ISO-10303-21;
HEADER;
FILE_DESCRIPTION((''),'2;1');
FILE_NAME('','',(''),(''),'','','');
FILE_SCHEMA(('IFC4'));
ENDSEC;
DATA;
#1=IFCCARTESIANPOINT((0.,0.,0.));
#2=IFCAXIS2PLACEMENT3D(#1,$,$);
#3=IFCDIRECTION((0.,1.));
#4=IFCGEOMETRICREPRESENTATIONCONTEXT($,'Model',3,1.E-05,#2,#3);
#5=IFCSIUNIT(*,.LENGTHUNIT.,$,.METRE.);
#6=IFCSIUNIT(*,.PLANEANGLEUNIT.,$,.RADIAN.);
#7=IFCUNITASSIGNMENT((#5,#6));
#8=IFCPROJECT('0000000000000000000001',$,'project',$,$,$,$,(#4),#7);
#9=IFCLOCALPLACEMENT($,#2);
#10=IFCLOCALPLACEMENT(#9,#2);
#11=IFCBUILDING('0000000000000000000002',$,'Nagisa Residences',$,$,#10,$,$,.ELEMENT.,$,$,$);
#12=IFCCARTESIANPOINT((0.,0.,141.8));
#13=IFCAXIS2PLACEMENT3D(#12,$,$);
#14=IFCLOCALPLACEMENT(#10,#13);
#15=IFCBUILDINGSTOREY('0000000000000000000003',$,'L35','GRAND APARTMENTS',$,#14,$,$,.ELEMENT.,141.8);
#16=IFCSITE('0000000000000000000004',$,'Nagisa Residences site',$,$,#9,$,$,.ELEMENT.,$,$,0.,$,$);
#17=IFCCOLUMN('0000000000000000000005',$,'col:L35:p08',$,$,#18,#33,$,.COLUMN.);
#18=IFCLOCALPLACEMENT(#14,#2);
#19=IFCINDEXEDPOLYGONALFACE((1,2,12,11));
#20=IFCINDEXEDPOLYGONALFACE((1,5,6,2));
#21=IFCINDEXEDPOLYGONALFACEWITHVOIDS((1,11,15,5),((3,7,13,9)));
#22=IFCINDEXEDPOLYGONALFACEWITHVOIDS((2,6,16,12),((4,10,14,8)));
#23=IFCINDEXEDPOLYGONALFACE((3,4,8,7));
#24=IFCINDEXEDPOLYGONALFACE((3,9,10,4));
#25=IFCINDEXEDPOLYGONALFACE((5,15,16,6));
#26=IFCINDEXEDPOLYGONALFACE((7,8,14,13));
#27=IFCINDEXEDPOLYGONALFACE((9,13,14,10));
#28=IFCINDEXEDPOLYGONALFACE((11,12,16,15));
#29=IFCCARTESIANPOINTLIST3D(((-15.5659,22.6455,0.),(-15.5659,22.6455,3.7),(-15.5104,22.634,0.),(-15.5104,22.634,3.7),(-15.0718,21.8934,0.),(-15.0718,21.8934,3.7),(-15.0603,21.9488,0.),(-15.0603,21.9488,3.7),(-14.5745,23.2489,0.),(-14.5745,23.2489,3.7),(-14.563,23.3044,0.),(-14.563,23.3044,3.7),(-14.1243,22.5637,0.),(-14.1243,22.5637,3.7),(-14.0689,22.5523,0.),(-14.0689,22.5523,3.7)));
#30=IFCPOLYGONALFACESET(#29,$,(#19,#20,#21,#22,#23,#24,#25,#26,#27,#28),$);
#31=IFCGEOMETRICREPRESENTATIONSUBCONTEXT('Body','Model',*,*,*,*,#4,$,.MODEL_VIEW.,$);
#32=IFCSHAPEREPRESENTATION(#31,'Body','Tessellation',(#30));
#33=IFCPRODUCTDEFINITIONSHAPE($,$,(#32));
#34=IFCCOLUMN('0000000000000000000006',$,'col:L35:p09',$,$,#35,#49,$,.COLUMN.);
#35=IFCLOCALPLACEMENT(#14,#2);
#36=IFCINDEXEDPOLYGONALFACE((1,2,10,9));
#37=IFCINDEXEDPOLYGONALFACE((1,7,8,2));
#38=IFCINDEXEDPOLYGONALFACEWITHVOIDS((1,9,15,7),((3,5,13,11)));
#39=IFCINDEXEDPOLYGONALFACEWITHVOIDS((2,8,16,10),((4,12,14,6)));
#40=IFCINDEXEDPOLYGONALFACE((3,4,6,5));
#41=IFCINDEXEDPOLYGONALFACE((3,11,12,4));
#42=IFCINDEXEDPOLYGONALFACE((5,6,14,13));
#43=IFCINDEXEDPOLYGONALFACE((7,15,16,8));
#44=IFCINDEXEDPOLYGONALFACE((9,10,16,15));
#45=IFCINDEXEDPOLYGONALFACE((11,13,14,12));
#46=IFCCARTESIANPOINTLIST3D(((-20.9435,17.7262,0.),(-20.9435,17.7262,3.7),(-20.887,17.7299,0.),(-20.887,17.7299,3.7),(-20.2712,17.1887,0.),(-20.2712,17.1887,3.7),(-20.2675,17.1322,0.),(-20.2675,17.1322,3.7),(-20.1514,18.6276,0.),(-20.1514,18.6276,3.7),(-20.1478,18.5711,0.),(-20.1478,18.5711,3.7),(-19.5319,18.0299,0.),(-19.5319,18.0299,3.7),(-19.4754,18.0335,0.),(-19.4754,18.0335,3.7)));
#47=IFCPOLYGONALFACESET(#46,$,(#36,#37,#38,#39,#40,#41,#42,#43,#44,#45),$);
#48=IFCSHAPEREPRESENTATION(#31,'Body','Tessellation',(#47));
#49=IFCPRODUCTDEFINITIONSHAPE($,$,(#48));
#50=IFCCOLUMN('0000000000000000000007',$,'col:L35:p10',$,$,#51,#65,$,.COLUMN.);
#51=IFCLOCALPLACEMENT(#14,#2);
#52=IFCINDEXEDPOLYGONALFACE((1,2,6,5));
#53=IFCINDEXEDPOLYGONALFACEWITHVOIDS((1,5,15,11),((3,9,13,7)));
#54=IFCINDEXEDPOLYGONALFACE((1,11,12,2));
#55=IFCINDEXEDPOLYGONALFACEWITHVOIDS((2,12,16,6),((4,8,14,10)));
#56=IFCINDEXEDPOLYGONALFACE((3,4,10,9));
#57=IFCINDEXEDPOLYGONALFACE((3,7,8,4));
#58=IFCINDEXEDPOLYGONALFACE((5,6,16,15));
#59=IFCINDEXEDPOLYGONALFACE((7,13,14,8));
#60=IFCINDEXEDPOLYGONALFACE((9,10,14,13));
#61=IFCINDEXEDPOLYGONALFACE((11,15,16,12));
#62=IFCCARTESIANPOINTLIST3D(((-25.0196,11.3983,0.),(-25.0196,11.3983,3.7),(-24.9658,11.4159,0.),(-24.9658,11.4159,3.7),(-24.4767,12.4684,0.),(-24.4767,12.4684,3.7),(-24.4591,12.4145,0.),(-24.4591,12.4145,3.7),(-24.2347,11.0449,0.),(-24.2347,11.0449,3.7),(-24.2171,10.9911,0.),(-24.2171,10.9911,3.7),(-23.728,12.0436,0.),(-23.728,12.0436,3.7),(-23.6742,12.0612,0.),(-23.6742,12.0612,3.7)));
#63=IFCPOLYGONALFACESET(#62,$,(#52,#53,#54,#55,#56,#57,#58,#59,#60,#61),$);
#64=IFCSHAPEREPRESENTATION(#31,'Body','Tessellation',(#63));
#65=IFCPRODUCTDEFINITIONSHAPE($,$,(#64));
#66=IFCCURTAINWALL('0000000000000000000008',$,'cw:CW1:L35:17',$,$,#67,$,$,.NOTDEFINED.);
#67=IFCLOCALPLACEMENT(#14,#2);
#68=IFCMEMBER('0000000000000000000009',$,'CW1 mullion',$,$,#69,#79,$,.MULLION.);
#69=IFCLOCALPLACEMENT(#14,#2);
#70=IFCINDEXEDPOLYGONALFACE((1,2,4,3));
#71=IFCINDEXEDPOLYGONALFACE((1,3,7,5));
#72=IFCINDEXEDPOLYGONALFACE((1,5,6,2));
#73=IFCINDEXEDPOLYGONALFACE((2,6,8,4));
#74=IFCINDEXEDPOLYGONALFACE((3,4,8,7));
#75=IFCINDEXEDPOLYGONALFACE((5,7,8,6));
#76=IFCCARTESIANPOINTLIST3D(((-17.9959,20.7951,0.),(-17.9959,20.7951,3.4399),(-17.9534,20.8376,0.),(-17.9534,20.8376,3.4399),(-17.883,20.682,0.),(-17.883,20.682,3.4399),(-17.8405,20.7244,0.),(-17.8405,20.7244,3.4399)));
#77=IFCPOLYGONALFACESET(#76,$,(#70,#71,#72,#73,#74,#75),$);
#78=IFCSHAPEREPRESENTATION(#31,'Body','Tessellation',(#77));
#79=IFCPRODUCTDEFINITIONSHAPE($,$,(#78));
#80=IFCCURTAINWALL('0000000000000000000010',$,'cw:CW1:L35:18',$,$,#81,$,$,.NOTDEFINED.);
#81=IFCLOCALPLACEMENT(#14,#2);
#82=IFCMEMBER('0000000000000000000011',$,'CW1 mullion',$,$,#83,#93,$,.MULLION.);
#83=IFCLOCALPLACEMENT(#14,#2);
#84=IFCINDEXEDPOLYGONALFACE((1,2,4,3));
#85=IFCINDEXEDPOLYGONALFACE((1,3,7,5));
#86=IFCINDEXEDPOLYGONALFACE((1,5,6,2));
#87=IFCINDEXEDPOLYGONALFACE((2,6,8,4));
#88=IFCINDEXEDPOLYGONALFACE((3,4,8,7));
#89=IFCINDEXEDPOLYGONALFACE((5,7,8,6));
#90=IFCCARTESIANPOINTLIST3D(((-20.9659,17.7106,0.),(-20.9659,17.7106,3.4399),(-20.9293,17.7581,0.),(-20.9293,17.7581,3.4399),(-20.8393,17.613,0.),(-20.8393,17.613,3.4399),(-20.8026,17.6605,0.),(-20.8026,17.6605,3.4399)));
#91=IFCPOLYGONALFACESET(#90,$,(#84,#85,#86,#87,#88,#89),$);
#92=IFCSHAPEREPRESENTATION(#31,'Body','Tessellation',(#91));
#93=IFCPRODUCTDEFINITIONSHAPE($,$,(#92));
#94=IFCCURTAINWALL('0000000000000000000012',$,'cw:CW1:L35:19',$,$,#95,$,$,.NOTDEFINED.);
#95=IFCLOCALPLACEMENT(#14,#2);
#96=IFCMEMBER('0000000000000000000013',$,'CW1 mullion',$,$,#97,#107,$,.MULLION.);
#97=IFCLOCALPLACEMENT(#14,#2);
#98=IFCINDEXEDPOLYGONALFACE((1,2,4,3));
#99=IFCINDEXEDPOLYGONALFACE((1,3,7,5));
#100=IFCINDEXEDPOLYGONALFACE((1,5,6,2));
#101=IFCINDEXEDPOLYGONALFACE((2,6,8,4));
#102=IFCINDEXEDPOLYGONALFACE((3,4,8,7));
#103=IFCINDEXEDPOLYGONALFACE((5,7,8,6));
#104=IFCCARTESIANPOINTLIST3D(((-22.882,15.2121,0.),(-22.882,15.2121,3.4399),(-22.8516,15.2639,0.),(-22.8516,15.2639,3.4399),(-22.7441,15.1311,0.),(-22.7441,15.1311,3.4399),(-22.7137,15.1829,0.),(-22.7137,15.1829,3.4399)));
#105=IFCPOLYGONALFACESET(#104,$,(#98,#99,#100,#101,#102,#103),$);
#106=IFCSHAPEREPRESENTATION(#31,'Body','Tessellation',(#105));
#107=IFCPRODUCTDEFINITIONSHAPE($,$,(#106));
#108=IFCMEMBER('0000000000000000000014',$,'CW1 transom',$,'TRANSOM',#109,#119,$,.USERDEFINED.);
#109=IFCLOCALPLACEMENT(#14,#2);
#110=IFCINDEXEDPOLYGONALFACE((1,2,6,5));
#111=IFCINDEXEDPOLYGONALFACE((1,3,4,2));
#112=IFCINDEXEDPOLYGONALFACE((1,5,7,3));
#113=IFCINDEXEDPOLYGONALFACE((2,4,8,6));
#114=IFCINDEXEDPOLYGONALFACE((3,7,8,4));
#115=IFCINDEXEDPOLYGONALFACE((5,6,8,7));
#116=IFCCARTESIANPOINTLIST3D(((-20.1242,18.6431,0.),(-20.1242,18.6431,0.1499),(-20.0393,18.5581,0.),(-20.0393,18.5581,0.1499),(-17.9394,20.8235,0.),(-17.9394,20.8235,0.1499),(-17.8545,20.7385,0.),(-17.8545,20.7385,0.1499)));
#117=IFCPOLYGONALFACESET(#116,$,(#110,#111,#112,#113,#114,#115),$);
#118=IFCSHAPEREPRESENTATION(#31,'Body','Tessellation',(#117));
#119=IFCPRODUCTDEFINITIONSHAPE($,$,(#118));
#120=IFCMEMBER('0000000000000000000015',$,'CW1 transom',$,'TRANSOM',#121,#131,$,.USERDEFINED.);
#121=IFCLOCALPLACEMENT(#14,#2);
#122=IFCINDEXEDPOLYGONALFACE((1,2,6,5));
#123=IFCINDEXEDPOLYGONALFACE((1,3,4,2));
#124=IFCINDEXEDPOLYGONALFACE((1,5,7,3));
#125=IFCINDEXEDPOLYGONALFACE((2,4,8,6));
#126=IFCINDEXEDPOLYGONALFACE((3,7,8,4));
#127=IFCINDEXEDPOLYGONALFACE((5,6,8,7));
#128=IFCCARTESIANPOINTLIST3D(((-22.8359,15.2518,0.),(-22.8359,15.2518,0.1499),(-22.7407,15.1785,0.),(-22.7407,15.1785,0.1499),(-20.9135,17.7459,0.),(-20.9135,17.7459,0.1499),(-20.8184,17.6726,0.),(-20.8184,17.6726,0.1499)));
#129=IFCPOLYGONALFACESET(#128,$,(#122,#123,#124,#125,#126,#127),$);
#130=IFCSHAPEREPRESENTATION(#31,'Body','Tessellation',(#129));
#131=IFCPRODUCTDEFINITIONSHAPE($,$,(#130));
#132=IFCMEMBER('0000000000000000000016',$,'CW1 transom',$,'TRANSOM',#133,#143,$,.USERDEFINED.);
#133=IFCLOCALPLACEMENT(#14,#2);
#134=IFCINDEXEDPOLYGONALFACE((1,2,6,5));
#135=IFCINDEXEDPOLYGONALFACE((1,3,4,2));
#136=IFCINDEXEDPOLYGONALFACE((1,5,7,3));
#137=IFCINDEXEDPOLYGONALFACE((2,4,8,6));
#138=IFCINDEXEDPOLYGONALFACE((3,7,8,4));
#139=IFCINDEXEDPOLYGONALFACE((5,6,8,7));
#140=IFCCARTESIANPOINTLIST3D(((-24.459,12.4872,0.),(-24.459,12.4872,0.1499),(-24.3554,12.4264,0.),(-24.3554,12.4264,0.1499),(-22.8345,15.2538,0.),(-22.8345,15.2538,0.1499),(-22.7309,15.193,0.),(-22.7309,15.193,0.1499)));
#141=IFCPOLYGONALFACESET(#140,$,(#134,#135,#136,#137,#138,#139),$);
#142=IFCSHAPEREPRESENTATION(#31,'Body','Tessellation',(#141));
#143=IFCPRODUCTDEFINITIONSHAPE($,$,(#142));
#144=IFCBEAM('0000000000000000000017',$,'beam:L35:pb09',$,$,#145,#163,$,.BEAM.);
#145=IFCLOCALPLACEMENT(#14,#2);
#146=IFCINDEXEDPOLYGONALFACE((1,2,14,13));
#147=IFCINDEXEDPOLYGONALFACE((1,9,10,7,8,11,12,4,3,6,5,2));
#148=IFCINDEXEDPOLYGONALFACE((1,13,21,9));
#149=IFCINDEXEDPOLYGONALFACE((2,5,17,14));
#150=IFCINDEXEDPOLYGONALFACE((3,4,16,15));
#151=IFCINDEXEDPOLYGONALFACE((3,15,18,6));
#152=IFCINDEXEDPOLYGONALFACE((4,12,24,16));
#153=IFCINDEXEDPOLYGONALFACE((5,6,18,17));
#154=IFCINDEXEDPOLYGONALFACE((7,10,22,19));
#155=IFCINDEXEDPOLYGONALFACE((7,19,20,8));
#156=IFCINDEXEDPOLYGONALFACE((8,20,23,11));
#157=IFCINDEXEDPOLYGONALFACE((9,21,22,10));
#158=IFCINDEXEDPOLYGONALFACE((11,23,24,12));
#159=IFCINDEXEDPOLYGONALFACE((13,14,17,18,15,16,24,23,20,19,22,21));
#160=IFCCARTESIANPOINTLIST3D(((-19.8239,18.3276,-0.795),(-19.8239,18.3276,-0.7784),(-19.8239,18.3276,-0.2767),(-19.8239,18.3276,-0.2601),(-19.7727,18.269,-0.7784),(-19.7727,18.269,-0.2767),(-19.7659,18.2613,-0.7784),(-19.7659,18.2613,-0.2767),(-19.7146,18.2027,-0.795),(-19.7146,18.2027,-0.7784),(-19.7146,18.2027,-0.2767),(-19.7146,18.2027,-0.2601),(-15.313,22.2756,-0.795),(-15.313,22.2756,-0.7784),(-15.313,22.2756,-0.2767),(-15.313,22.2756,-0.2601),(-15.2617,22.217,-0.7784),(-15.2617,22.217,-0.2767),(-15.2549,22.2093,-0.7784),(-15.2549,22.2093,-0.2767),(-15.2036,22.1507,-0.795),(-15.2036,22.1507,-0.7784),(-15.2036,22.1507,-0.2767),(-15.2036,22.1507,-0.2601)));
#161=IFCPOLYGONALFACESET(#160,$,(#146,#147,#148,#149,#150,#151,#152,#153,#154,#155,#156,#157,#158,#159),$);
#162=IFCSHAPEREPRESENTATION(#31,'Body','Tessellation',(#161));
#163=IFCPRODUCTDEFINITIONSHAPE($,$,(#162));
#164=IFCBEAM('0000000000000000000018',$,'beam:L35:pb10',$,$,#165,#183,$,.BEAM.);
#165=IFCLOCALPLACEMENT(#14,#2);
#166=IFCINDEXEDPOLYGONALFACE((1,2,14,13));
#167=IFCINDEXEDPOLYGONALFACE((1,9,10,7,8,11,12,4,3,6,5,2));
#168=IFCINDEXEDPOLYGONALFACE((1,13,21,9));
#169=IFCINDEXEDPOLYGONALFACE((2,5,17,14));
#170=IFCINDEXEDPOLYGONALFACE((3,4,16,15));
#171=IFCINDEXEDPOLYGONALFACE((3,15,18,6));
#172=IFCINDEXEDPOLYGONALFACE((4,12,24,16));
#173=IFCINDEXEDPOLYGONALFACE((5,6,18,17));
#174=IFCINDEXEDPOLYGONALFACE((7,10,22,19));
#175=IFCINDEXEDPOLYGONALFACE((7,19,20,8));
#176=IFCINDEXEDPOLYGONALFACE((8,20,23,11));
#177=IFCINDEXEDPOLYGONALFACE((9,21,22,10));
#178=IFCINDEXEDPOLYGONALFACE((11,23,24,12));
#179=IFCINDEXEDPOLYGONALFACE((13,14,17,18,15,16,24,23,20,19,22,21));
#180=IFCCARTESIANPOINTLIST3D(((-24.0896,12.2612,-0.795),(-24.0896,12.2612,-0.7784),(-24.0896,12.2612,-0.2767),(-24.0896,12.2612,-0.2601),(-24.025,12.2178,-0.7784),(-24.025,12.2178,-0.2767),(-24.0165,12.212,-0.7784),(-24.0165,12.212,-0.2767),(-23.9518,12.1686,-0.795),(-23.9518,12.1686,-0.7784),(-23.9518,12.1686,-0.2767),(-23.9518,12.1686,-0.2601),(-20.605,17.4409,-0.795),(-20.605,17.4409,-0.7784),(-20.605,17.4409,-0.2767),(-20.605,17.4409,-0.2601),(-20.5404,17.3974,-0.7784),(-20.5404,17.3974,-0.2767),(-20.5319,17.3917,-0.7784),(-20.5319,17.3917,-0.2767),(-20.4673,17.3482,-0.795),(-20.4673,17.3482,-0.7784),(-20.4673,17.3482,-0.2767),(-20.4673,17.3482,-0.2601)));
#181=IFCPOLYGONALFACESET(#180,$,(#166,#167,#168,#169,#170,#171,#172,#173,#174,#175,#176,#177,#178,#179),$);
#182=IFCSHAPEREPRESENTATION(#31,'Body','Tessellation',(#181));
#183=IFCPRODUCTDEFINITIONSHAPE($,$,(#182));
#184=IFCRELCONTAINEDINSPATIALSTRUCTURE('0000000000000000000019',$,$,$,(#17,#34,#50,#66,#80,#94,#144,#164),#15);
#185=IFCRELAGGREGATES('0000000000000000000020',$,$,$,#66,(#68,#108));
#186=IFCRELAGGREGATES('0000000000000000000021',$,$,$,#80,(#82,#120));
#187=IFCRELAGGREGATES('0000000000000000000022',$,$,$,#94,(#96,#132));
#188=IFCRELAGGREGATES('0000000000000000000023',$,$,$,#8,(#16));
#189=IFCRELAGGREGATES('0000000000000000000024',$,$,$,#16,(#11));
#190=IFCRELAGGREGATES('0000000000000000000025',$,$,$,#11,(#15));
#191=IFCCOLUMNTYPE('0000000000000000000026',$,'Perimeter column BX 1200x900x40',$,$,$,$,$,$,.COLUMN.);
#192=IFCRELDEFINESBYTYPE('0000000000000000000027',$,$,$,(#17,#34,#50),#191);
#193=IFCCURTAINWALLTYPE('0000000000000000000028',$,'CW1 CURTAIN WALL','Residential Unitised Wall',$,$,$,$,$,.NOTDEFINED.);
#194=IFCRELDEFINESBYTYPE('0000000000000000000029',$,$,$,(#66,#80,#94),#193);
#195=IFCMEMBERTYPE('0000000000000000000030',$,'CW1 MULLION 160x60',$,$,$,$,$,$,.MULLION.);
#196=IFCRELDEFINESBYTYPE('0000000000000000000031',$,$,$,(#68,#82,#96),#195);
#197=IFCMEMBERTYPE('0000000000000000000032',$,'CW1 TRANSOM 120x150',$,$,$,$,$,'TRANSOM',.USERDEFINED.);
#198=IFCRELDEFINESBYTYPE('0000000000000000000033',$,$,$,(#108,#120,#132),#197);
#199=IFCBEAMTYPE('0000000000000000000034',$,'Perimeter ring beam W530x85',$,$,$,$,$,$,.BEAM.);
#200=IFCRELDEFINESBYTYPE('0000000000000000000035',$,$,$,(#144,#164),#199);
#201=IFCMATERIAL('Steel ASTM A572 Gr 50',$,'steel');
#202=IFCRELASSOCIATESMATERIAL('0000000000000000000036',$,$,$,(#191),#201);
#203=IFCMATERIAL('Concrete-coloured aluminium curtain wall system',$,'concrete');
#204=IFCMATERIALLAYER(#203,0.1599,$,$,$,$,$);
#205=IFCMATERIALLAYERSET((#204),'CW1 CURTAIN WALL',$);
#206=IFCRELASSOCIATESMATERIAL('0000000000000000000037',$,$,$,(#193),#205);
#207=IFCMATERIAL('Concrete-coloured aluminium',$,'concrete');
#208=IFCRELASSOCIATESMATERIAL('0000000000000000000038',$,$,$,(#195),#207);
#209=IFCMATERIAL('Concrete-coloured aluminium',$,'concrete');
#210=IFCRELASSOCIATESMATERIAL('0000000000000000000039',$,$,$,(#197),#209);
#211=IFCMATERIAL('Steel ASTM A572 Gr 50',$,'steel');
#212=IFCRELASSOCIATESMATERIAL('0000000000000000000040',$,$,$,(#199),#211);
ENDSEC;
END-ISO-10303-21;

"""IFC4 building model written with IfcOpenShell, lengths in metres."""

from ifc_helpers import new_model, si_unit, direction, frame, origin, origin_2d, place, context, subcontext, project, spatial, rectangle, hollow_rectangle, i_section, extrude, material, layer, layer_set, material_profile, profile_set, type_object, element, aggregate, save


model = new_model("IFC4")

# Units and contexts
model_context = context("Model", 3, precision=1e-05, world=origin(), true_north=direction((0.0, 1.0)))
body_context = subcontext(model_context, "Body", "Model", "MODEL_VIEW")
ifc_project = project(units=[si_unit("LENGTHUNIT", "METRE"), si_unit("PLANEANGLEUNIT", "RADIAN")], contexts=[model_context])

# Site, building, storey
site_placement = place(None, origin())
site = spatial("IfcSite", under=ifc_project, at=site_placement, Name="Nagisa Residences site", CompositionType="ELEMENT", RefElevation=0.0)
building_placement = place(site_placement, origin())
building = spatial("IfcBuilding", under=site, at=building_placement, Name="Nagisa Residences", CompositionType="ELEMENT")
storey_placement = place(building_placement, frame((0.0, 0.0, 141.8)))
storey = spatial("IfcBuildingStorey", under=building, at=storey_placement, Name="L35", Description="GRAND APARTMENTS", CompositionType="ELEMENT", Elevation=141.8)

# Columns
ifc_material_1 = material(Name="Steel ASTM A572 Gr 50", Category="steel")
ifc_material_profile_1 = material_profile(ifc_material_1, hollow_rectangle(XDim=1.2, YDim=0.8999, WallThickness=0.04, at=origin_2d()), Name="BX 1200x900x40")
ifc_profile_set_1 = profile_set([ifc_material_profile_1], Name="Steel ASTM A572 Gr 50")
column_type = type_object("IfcColumnType", Name="Perimeter column BX 1200x900x40", PredefinedType="COLUMN", material=ifc_profile_set_1)
for number, where, z_axis, x_axis, name in (
    (1, (-14.8174, 22.5989, 0.0), (0.0, 0.0, 1.0), (-0.835766, -0.549086, 0.0), "col:L35:p08"),
    (2, (-20.2095, 17.8799, 0.0), (0.0, 0.0, 1.0), (-0.660115, -0.751165, 0.0), "col:L35:p09"),
    (3, (-24.3469, 11.7297, 0.0), (0.0, 0.0, 1.0), (-0.452463, -0.891783, 0.0), "col:L35:p10"),
):
    element("IfcColumn", number, at=place(storey_placement, frame(where, z_axis=z_axis, x_axis=x_axis)), inside=storey, type_object=column_type, Name=name, PredefinedType="COLUMN", context=body_context, shape_type="SweptSolid", body=[
        extrude(hollow_rectangle(XDim=1.2, YDim=0.8999, WallThickness=0.04, at=origin_2d()), origin(), (0.0, 0.0, 1.0), 3.7),
    ])

# Curtain walls, members
ifc_material_2 = material(Name="Concrete-coloured aluminium curtain wall system", Category="concrete")
ifc_layer_1 = layer(ifc_material_2, 0.1599)
ifc_layer_set_1 = layer_set([ifc_layer_1], Name="CW1 CURTAIN WALL")
curtain_wall_type = type_object("IfcCurtainWallType", Name="CW1 CURTAIN WALL", Description="Residential Unitised Wall", PredefinedType="NOTDEFINED", material=ifc_layer_set_1)
curtain_wall_1_placement = place(storey_placement, origin())
curtain_wall_1 = element("IfcCurtainWall", 4, at=curtain_wall_1_placement, inside=storey, type_object=curtain_wall_type, Name="cw:CW1:L35:17", PredefinedType="NOTDEFINED")
ifc_material_3 = material(Name="Concrete-coloured aluminium", Category="concrete")
ifc_material_profile_2 = material_profile(ifc_material_3, rectangle(XDim=0.1599, YDim=0.0601, at=origin_2d()), Name="CW1 MULLION 160x60")
ifc_profile_set_2 = profile_set([ifc_material_profile_2], Name="Concrete-coloured aluminium")
member_type_1 = type_object("IfcMemberType", Name="CW1 MULLION 160x60", PredefinedType="MULLION", material=ifc_profile_set_2)
member_1_placement = place(storey_placement, frame((-17.9182, 20.7598, 0.0), z_axis=(0.0, 0.0, 1.0), x_axis=(0.706377, -0.707836, 0.0)))
member_1 = element("IfcMember", 5, at=member_1_placement, type_object=member_type_1, Name="CW1 mullion", PredefinedType="MULLION", context=body_context, shape_type="SweptSolid", body=[
    extrude(rectangle(XDim=0.1599, YDim=0.0601, at=origin_2d()), origin(), (0.0, 0.0, 1.0), 3.4399),
])
curtain_wall_2_placement = place(storey_placement, origin())
curtain_wall_2 = element("IfcCurtainWall", 6, at=curtain_wall_2_placement, inside=storey, type_object=curtain_wall_type, Name="cw:CW1:L35:18", PredefinedType="NOTDEFINED")
member_2_placement = place(storey_placement, frame((-20.8843, 17.6855, 0.0), z_axis=(0.0, 0.0, 1.0), x_axis=(0.79207, -0.61043, 0.0)))
member_2 = element("IfcMember", 7, at=member_2_placement, type_object=member_type_1, Name="CW1 mullion", PredefinedType="MULLION", context=body_context, shape_type="SweptSolid", body=[
    extrude(rectangle(XDim=0.1599, YDim=0.0601, at=origin_2d()), origin(), (0.0, 0.0, 1.0), 3.4399),
])
curtain_wall_3_placement = place(storey_placement, origin())
curtain_wall_3 = element("IfcCurtainWall", 8, at=curtain_wall_3_placement, inside=storey, type_object=curtain_wall_type, Name="cw:CW1:L35:19", PredefinedType="NOTDEFINED")
member_3_placement = place(storey_placement, frame((-22.7979, 15.1975, 0.0), z_axis=(0.0, 0.0, 1.0), x_axis=(0.862329, -0.506349, 0.0)))
member_3 = element("IfcMember", 9, at=member_3_placement, type_object=member_type_1, Name="CW1 mullion", PredefinedType="MULLION", context=body_context, shape_type="SweptSolid", body=[
    extrude(rectangle(XDim=0.1599, YDim=0.0601, at=origin_2d()), origin(), (0.0, 0.0, 1.0), 3.4399),
])

# Members
ifc_material_4 = material(Name="Concrete-coloured aluminium", Category="concrete")
ifc_material_profile_3 = material_profile(ifc_material_4, rectangle(XDim=0.1201, YDim=0.1499, at=origin_2d()), Name="CW1 TRANSOM 120x150")
ifc_profile_set_3 = profile_set([ifc_material_profile_3], Name="Concrete-coloured aluminium")
member_type_2 = type_object("IfcMemberType", Name="CW1 TRANSOM 120x150", ElementType="TRANSOM", PredefinedType="USERDEFINED", material=ifc_profile_set_3)
member_4_placement = place(storey_placement, frame((-17.897, 20.781, 0.075), z_axis=(-0.707818, -0.706395, 0.0), x_axis=(0.706395, -0.707818, 0.0)))
member_4 = element("IfcMember", 10, at=member_4_placement, type_object=member_type_2, Name="CW1 transom", ObjectType="TRANSOM", PredefinedType="USERDEFINED", context=body_context, shape_type="SweptSolid", body=[
    extrude(rectangle(XDim=0.1201, YDim=0.1499, at=origin_2d()), origin(), (0.0, 0.0, 1.0), 3.0867),
])
member_5_placement = place(storey_placement, frame((-20.866, 17.7092, 0.075), z_axis=(-0.610467, -0.792041, 0.0), x_axis=(0.792041, -0.610467, 0.0)))
member_5 = element("IfcMember", 11, at=member_5_placement, type_object=member_type_2, Name="CW1 transom", ObjectType="TRANSOM", PredefinedType="USERDEFINED", context=body_context, shape_type="SweptSolid", body=[
    extrude(rectangle(XDim=0.1201, YDim=0.1499, at=origin_2d()), origin(), (0.0, 0.0, 1.0), 3.1489),
])
member_6_placement = place(storey_placement, frame((-22.7827, 15.2234, 0.075), z_axis=(-0.506348, -0.862329, 0.0), x_axis=(0.862329, -0.506348, 0.0)))
member_6 = element("IfcMember", 12, at=member_6_placement, type_object=member_type_2, Name="CW1 transom", ObjectType="TRANSOM", PredefinedType="USERDEFINED", context=body_context, shape_type="SweptSolid", body=[
    extrude(rectangle(XDim=0.1201, YDim=0.1499, at=origin_2d()), origin(), (0.0, 0.0, 1.0), 3.2083),
])

# Beams
ifc_material_5 = material(Name="Steel ASTM A572 Gr 50", Category="steel")
ifc_material_profile_4 = material_profile(ifc_material_5, i_section(OverallWidth=0.166, OverallDepth=0.5349, WebThickness=0.0103, FlangeThickness=0.0166, at=origin_2d()), Name="W530x85")
ifc_profile_set_4 = profile_set([ifc_material_profile_4], Name="Steel ASTM A572 Gr 50")
beam_type_1 = type_object("IfcBeamType", Name="Perimeter ring beam W530x85", PredefinedType="BEAM", material=ifc_profile_set_4)
beam_1_placement = place(storey_placement, frame((-15.2583, 22.2131, -0.5276), z_axis=(-0.752504, -0.658588, 0.0), x_axis=(0.658588, -0.752504, 0.0)))
element("IfcBeam", 13, at=beam_1_placement, inside=storey, type_object=beam_type_1, Name="beam:L35:pb09", PredefinedType="BEAM", context=body_context, shape_type="SweptSolid", body=[
    extrude(i_section(OverallWidth=0.166, OverallDepth=0.5349, WebThickness=0.0103, FlangeThickness=0.0166, at=origin_2d()), origin(), (0.0, 0.0, 1.0), 5.9946),
])
beam_2_placement = place(storey_placement, frame((-20.5361, 17.3945, -0.5276), z_axis=(-0.558188, -0.829715, 0.0), x_axis=(0.829715, -0.558188, 0.0)))
element("IfcBeam", 14, at=beam_2_placement, inside=storey, type_object=beam_type_1, Name="beam:L35:pb10", PredefinedType="BEAM", context=body_context, shape_type="SweptSolid", body=[
    extrude(i_section(OverallWidth=0.166, OverallDepth=0.5349, WebThickness=0.0103, FlangeThickness=0.0166, at=origin_2d()), origin(), (0.0, 0.0, 1.0), 6.2427),
])

aggregate(curtain_wall_1, [member_1, member_4])
aggregate(curtain_wall_2, [member_2, member_5])
aggregate(curtain_wall_3, [member_3, member_6])

save(model, "model.ifc")
